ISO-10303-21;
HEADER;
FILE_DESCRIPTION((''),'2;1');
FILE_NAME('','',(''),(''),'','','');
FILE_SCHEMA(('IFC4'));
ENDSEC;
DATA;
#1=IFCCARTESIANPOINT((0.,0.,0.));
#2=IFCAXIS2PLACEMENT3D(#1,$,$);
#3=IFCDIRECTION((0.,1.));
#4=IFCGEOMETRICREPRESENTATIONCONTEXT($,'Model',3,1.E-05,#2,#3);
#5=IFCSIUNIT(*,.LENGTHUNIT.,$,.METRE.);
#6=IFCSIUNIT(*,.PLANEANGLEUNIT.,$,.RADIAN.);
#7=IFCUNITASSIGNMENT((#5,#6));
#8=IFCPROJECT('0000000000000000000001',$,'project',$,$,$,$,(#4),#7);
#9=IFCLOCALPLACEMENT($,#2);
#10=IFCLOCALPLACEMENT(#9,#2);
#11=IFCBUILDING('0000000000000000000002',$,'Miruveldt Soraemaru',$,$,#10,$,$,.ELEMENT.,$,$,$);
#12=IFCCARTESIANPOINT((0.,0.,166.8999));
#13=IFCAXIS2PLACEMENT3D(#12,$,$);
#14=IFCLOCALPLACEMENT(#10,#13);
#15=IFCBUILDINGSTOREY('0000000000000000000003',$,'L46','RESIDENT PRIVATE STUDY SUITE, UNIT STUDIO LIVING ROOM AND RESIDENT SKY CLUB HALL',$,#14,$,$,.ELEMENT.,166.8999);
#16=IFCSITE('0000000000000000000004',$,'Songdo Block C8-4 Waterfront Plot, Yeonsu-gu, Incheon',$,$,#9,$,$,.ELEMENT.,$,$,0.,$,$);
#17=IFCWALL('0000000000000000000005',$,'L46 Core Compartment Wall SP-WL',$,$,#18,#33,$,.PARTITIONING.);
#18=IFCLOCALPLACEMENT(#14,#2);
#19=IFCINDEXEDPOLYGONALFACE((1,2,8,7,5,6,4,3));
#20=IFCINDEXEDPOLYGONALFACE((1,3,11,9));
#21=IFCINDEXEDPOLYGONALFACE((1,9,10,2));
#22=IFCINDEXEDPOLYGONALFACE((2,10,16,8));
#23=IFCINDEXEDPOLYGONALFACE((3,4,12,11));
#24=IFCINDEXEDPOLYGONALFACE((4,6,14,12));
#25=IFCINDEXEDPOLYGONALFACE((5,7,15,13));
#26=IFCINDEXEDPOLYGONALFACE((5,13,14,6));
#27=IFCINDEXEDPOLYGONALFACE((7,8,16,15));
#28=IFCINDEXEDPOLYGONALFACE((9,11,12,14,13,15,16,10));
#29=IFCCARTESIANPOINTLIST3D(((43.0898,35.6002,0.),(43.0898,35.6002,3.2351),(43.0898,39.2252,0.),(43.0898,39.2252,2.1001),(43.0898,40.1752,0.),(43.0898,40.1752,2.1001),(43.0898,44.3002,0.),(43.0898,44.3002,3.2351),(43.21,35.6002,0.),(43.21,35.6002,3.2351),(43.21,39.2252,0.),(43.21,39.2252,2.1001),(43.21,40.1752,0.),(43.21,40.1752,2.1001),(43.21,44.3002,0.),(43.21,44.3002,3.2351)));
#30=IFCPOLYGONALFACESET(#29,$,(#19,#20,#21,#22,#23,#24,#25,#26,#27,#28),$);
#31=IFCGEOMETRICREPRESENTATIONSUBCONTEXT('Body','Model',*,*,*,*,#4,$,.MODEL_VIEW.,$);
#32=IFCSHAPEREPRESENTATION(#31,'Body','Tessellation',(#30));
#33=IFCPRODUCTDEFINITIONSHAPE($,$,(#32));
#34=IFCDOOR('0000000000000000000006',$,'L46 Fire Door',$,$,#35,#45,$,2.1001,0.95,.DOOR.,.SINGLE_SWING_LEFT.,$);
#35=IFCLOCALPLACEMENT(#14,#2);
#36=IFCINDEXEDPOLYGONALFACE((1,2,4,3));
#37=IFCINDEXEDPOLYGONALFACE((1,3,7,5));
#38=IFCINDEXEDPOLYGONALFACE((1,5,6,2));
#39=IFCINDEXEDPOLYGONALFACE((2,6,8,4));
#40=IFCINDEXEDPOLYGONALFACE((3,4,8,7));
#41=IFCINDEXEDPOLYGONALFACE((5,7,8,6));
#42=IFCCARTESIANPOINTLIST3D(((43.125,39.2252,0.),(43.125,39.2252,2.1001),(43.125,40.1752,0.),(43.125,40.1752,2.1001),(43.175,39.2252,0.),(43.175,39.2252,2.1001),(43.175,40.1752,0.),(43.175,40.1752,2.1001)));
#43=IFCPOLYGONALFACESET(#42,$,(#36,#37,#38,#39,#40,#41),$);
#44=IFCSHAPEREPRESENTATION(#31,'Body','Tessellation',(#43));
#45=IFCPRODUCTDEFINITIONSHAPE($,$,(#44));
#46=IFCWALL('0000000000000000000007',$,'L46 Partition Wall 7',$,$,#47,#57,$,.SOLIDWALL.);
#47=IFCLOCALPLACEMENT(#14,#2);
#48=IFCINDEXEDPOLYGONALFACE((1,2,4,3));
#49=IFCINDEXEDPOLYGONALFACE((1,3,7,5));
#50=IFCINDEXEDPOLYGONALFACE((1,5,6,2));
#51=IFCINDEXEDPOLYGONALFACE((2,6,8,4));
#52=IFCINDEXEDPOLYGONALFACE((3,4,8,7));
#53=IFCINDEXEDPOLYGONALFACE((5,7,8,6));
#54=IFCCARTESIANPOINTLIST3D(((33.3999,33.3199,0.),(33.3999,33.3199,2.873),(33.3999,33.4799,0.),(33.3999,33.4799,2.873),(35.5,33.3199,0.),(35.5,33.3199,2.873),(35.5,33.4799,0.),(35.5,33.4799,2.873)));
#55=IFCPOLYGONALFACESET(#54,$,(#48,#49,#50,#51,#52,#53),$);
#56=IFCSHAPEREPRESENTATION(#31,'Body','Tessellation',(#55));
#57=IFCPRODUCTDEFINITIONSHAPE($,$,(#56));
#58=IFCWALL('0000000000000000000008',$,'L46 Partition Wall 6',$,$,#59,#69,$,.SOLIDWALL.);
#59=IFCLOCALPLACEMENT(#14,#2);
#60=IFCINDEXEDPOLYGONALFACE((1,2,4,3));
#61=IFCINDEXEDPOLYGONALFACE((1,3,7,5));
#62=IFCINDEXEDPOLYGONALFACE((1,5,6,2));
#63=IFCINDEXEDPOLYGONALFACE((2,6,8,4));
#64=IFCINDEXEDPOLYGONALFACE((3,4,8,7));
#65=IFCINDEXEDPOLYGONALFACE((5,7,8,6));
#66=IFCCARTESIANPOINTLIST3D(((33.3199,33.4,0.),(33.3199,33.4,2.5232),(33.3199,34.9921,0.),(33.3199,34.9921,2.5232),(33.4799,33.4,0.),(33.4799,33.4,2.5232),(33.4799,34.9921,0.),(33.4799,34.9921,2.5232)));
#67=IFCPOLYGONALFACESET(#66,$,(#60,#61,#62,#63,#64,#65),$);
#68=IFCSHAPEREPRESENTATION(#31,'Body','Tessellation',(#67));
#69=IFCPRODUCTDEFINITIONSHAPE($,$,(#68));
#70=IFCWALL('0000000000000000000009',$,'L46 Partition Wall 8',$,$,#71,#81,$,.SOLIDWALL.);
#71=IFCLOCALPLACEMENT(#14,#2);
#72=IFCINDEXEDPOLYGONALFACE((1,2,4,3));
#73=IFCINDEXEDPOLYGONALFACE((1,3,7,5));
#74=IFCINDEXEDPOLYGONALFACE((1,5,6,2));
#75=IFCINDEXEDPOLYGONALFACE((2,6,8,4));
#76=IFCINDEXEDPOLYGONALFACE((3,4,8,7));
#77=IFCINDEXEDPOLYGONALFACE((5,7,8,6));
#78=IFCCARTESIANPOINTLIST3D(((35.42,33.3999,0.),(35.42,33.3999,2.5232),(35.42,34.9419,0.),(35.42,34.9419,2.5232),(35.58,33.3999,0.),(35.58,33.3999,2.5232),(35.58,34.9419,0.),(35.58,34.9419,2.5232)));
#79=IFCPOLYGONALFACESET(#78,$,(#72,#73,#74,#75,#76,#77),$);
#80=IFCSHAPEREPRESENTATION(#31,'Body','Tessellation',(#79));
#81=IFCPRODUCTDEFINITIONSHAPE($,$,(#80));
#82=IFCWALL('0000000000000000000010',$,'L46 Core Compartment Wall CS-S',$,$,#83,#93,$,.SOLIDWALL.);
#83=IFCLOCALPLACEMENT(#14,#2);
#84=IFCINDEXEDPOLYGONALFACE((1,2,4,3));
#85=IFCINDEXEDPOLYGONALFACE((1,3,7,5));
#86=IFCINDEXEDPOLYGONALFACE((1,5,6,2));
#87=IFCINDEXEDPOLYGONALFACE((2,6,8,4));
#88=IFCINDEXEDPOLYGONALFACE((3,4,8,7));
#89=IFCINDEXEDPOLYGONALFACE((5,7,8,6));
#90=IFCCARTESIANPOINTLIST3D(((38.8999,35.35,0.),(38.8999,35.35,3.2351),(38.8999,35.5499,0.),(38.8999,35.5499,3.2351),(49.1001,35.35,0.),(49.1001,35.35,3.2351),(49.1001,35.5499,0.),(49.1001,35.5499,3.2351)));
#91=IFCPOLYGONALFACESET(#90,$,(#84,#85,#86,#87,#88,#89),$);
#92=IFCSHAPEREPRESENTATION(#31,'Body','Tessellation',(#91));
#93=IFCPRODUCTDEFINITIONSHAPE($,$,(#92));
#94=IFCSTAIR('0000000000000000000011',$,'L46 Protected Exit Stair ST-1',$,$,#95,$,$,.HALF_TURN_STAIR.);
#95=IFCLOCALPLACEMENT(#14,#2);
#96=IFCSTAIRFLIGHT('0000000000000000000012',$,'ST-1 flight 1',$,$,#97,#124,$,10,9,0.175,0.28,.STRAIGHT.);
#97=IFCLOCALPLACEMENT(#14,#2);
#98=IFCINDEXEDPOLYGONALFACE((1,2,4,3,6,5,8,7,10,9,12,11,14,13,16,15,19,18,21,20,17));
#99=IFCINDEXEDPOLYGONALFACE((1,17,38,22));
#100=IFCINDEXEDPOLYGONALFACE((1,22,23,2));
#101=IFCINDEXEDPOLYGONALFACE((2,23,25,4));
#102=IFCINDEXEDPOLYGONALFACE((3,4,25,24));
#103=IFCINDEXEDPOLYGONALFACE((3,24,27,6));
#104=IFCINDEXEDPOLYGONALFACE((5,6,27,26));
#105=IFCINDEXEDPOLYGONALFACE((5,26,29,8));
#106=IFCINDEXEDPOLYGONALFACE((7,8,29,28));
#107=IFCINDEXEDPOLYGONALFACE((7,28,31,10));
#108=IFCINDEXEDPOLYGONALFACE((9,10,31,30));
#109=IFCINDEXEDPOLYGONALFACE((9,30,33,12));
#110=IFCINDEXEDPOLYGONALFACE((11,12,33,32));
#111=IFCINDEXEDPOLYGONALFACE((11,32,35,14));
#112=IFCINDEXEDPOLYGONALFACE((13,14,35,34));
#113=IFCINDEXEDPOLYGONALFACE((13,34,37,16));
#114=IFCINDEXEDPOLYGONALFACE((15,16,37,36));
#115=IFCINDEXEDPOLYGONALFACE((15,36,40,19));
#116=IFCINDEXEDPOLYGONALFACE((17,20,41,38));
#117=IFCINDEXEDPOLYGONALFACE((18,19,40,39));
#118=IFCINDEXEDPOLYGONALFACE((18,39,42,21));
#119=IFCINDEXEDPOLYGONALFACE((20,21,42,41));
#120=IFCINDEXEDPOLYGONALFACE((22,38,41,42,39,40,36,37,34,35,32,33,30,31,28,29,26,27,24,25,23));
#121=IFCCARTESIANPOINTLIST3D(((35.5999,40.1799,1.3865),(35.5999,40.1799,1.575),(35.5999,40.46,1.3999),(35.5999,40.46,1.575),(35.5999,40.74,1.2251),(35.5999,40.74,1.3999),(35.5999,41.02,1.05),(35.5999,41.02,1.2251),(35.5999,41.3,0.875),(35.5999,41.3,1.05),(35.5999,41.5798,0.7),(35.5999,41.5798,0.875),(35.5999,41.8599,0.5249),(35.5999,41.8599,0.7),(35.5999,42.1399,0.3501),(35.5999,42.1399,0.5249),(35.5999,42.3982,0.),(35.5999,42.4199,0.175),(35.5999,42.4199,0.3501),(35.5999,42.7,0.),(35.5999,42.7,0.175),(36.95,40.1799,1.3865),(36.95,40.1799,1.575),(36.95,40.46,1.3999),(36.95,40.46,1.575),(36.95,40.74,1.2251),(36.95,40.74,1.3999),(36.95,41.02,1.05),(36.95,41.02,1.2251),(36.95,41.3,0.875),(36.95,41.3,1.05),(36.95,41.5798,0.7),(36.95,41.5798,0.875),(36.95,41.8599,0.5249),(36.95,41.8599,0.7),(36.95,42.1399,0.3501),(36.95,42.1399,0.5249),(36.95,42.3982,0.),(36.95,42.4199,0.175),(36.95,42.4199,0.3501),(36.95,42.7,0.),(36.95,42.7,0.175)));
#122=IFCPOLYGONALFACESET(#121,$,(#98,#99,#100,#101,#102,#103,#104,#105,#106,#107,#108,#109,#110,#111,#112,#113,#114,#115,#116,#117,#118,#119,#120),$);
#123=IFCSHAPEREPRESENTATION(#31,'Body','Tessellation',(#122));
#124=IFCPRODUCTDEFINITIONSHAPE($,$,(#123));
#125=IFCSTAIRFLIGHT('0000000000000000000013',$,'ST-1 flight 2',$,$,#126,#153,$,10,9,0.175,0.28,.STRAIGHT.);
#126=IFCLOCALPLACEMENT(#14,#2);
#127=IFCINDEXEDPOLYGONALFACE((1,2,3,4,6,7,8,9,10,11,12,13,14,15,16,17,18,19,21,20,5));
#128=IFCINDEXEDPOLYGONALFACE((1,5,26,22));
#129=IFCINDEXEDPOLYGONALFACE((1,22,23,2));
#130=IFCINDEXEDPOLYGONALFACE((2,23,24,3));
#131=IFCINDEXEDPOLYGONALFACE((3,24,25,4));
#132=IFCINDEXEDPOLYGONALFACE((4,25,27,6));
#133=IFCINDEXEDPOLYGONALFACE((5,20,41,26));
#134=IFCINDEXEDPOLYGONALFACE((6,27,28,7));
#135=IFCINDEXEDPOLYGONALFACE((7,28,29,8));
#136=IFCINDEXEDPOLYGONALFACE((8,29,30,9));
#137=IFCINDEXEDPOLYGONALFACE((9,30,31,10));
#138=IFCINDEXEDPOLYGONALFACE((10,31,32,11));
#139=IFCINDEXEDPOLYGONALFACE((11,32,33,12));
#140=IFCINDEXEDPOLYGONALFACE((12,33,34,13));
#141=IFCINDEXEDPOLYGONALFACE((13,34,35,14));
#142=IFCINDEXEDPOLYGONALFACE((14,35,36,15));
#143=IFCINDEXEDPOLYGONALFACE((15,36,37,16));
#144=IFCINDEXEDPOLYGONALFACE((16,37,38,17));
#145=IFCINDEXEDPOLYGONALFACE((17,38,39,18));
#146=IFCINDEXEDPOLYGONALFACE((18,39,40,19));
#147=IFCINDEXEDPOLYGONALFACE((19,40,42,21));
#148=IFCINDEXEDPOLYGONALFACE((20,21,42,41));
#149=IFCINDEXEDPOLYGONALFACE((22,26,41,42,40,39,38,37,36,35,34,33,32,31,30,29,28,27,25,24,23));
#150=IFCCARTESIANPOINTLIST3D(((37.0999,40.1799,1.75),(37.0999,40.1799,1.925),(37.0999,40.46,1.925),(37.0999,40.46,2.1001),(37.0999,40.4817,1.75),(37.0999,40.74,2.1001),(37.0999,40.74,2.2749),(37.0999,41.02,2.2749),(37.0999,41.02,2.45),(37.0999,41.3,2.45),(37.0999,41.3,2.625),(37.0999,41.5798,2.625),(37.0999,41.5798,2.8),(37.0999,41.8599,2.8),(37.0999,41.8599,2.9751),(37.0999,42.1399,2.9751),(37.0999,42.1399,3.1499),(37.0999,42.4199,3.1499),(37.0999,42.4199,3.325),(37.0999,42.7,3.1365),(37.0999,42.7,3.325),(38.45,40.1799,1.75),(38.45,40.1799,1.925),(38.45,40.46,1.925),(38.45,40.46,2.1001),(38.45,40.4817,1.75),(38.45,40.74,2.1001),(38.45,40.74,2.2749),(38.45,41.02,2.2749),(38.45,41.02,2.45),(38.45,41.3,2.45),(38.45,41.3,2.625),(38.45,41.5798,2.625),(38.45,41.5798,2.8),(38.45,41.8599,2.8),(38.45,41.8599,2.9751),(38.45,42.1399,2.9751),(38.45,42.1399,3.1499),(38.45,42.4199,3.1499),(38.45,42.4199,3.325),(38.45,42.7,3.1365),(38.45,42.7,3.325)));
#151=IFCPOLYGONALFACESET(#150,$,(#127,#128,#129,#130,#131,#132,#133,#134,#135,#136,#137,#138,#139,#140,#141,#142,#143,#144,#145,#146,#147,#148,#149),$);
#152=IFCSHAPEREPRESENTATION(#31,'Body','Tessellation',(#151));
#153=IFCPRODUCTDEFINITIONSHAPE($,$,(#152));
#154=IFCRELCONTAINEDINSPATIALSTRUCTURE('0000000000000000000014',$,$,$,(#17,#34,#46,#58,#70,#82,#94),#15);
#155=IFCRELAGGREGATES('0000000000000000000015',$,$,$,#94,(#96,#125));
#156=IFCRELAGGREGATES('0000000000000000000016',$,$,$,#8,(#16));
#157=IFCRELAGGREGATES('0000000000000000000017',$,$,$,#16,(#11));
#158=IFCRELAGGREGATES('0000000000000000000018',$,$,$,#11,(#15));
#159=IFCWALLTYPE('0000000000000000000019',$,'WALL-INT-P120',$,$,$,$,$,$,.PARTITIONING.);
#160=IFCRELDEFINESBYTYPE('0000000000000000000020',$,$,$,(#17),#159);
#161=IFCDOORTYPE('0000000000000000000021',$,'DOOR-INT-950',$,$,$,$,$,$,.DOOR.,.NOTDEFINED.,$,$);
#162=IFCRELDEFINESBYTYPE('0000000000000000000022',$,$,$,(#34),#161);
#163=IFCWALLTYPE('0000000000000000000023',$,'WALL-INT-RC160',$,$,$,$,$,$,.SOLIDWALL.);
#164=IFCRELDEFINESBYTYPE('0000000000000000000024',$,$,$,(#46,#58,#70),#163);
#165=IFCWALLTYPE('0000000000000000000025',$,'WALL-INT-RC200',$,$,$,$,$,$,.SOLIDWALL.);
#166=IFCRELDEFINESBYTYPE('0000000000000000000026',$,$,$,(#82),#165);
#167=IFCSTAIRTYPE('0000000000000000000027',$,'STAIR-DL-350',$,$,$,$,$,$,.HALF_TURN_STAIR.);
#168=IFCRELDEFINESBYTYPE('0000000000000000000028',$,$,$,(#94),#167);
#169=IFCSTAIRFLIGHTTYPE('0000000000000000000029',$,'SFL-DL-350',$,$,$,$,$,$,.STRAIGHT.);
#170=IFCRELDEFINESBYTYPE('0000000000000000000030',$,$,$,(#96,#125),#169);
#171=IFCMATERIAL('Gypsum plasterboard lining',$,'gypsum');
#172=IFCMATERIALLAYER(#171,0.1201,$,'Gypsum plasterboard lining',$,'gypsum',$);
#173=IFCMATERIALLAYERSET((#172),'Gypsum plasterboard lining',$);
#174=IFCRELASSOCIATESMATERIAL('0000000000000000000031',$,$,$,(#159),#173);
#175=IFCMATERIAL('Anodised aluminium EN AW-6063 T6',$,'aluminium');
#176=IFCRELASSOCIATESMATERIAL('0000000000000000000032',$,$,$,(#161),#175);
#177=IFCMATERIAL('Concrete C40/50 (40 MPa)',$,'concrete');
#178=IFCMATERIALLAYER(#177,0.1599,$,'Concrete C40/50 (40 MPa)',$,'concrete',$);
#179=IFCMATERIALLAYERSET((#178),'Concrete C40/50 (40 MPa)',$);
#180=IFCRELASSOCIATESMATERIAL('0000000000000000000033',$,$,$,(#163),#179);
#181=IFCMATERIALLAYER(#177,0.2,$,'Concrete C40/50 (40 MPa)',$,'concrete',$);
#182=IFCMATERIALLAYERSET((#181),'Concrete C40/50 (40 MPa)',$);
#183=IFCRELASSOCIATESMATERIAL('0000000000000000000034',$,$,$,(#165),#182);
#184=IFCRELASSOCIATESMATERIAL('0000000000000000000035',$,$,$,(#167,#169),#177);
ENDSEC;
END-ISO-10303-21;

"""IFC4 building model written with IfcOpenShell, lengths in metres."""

from ifc_helpers import new_model, si_unit, direction, frame, frame_2d, origin, place, context, subcontext, project, spatial, polyline, rectangle, outline, extrude, material, layer, layer_set, type_object, element, fill, aggregate, save


model = new_model("IFC4")

# Units and contexts
model_context = context("Model", 3, precision=1e-05, world=origin(), true_north=direction((0.0, 1.0)))
body_context = subcontext(model_context, "Body", "Model", "MODEL_VIEW")
ifc_project = project(units=[si_unit("LENGTHUNIT", "METRE"), si_unit("PLANEANGLEUNIT", "RADIAN")], contexts=[model_context])

# Site, building, storey
site_placement = place(None, origin())
site = spatial("IfcSite", under=ifc_project, at=site_placement, Name="Songdo Block C8-4 Waterfront Plot, Yeonsu-gu, Incheon", CompositionType="ELEMENT", RefElevation=0.0)
building_placement = place(site_placement, origin())
building = spatial("IfcBuilding", under=site, at=building_placement, Name="Miruveldt Soraemaru", CompositionType="ELEMENT")
storey_placement = place(building_placement, frame((0.0, 0.0, 166.8999)))
storey = spatial("IfcBuildingStorey", under=building, at=storey_placement, Name="L46", Description="RESIDENT PRIVATE STUDY SUITE, UNIT STUDIO LIVING ROOM AND RESIDENT SKY CLUB HALL", CompositionType="ELEMENT", Elevation=166.8999)

# Wall, opening, door
ifc_material_1 = material(Name="Gypsum plasterboard lining", Category="gypsum")
ifc_layer_1 = layer(ifc_material_1, 0.1201, Name="Gypsum plasterboard lining", Category="gypsum")
ifc_layer_set_1 = layer_set([ifc_layer_1], Name="Gypsum plasterboard lining")
wall_type_1 = type_object("IfcWallType", Name="WALL-INT-P120", PredefinedType="PARTITIONING", material=ifc_layer_set_1)
wall_1_placement = place(storey_placement, frame((43.1499, 35.6001, 0.0), z_axis=(0.0, 0.0, 1.0), x_axis=(0.0, 1.0, 0.0)))
wall_1 = element("IfcWall", 1, at=wall_1_placement, inside=storey, type_object=wall_type_1, Name="L46 Core Compartment Wall SP-WL", PredefinedType="PARTITIONING", context=body_context, shape_type="SweptSolid", body=[
    extrude(rectangle(XDim=8.7, YDim=0.1201, at=frame_2d((4.3501, 0.0))), origin(), (0.0, 0.0, 1.0), 3.2351),
])
opening_1_placement = place(wall_1_placement, frame((3.625, 0.0, 0.0)))
opening_1 = element("IfcOpeningElement", 2, at=opening_1_placement, cuts=wall_1, PredefinedType="OPENING", context=body_context, shape_type="SweptSolid", body=[
    extrude(rectangle(XDim=0.95, YDim=2.1001, at=frame_2d((0.4751, 1.05))), frame((0.0, 0.0701, 0.0), z_axis=(0.0, -1.0, 0.0), x_axis=(1.0, 0.0, 0.0)), (0.0, 0.0, 1.0), 0.1401),
])
ifc_material_2 = material(Name="Anodised aluminium EN AW-6063 T6", Category="aluminium")
door_type = type_object("IfcDoorType", Name="DOOR-INT-950", OperationType="NOTDEFINED", PredefinedType="DOOR", material=ifc_material_2)
door_placement = place(opening_1_placement, origin())
door = element("IfcDoor", 3, at=door_placement, inside=storey, type_object=door_type, Name="L46 Fire Door", OperationType="SINGLE_SWING_LEFT", OverallHeight=2.1001, OverallWidth=0.95, PredefinedType="DOOR", context=body_context, shape_type="SweptSolid", body=[
    extrude(rectangle(XDim=0.95, YDim=2.1001, at=frame_2d((0.4751, 1.05))), frame((0.0, 0.0249, 0.0), z_axis=(0.0, -1.0, 0.0), x_axis=(1.0, 0.0, 0.0)), (0.0, 0.0, 1.0), 0.05),
])
fill(opening_1, door)

# Walls
ifc_material_3 = material(Name="Concrete C40/50 (40 MPa)", Category="concrete")
ifc_layer_2 = layer(ifc_material_3, 0.1599, Name="Concrete C40/50 (40 MPa)", Category="concrete")
ifc_layer_set_2 = layer_set([ifc_layer_2], Name="Concrete C40/50 (40 MPa)")
wall_type_2 = type_object("IfcWallType", Name="WALL-INT-RC160", PredefinedType="SOLIDWALL", material=ifc_layer_set_2)
wall_2_placement = place(storey_placement, frame((33.3999, 33.3999, 0.0), z_axis=(0.0, 0.0, 1.0), x_axis=(1.0, 0.0, 0.0)))
element("IfcWall", 4, at=wall_2_placement, inside=storey, type_object=wall_type_2, Name="L46 Partition Wall 7", PredefinedType="SOLIDWALL", context=body_context, shape_type="SweptSolid", body=[
    extrude(rectangle(XDim=2.1001, YDim=0.1599, at=frame_2d((1.05, 0.0))), origin(), (0.0, 0.0, 1.0), 2.873),
])
wall_3_placement = place(storey_placement, frame((33.3999, 34.9919, 0.0), z_axis=(0.0, 0.0, 1.0), x_axis=(0.0, -1.0, 0.0)))
element("IfcWall", 5, at=wall_3_placement, inside=storey, type_object=wall_type_2, Name="L46 Partition Wall 6", PredefinedType="SOLIDWALL", context=body_context, shape_type="SweptSolid", body=[
    extrude(rectangle(XDim=1.592, YDim=0.1599, at=frame_2d((0.7959, 0.0))), origin(), (0.0, 0.0, 1.0), 2.5232),
])
wall_4_placement = place(storey_placement, frame((35.5, 33.3999, 0.0), z_axis=(0.0, 0.0, 1.0), x_axis=(0.0, 1.0, 0.0)))
element("IfcWall", 6, at=wall_4_placement, inside=storey, type_object=wall_type_2, Name="L46 Partition Wall 8", PredefinedType="SOLIDWALL", context=body_context, shape_type="SweptSolid", body=[
    extrude(rectangle(XDim=1.542, YDim=0.1599, at=frame_2d((0.771, 0.0))), origin(), (0.0, 0.0, 1.0), 2.5232),
])
ifc_layer_3 = layer(ifc_material_3, 0.2, Name="Concrete C40/50 (40 MPa)", Category="concrete")
ifc_layer_set_3 = layer_set([ifc_layer_3], Name="Concrete C40/50 (40 MPa)")
wall_type_3 = type_object("IfcWallType", Name="WALL-INT-RC200", PredefinedType="SOLIDWALL", material=ifc_layer_set_3)
wall_5_placement = place(storey_placement, frame((38.8999, 35.45, 0.0), z_axis=(0.0, 0.0, 1.0), x_axis=(1.0, 0.0, 0.0)))
element("IfcWall", 7, at=wall_5_placement, inside=storey, type_object=wall_type_3, Name="L46 Core Compartment Wall CS-S", PredefinedType="SOLIDWALL", context=body_context, shape_type="SweptSolid", body=[
    extrude(rectangle(XDim=10.2002, YDim=0.2, at=frame_2d((5.1001, 0.0))), origin(), (0.0, 0.0, 1.0), 3.2351),
])

# Stair, stair flights
stair_type = type_object("IfcStairType", Name="STAIR-DL-350", PredefinedType="HALF_TURN_STAIR", material=ifc_material_3)
stair_placement = place(storey_placement, origin())
stair = element("IfcStair", 8, at=stair_placement, inside=storey, type_object=stair_type, Name="L46 Protected Exit Stair ST-1", PredefinedType="HALF_TURN_STAIR")
stair_flight_type = type_object("IfcStairFlightType", Name="SFL-DL-350", PredefinedType="STRAIGHT", material=ifc_material_3)
stair_flight_1_placement = place(storey_placement, frame((36.2749, 42.7, 0.0), z_axis=(0.0, 0.0, 1.0), x_axis=(0.0, -1.0, 0.0)))
stair_flight_1 = element("IfcStairFlight", 9, at=stair_flight_1_placement, type_object=stair_flight_type, Name="ST-1 flight 1", NumberOfRisers=10, NumberOfTreads=9, PredefinedType="STRAIGHT", RiserHeight=0.175, TreadLength=0.28, context=body_context, shape_type="SweptSolid", body=[
    extrude(outline(polyline([(0.0, 0.0), (0.0, 0.175), (0.28, 0.175), (0.28, 0.3501), (0.5601, 0.3501), (0.5601, 0.5249), (0.8401, 0.5249), (0.8401, 0.7), (1.1201, 0.7), (1.1201, 0.875), (1.3999, 0.875), (1.3999, 1.05), (1.6799, 1.05), (1.6799, 1.2251), (1.96, 1.2251), (1.96, 1.3999), (2.24, 1.3999), (2.24, 1.575), (2.52, 1.575), (2.52, 1.75), (2.52, 1.3865), (0.3018, 0.0), (0.0, 0.0)])), frame((0.0, 0.675, 0.0), z_axis=(0.0, -1.0, 0.0), x_axis=(1.0, 0.0, 0.0)), (0.0, 0.0, 1.0), 1.3501),
])
stair_flight_2_placement = place(storey_placement, frame((37.7749, 40.1799, 1.75), z_axis=(0.0, 0.0, 1.0), x_axis=(0.0, 1.0, 0.0)))
stair_flight_2 = element("IfcStairFlight", 10, at=stair_flight_2_placement, type_object=stair_flight_type, Name="ST-1 flight 2", NumberOfRisers=10, NumberOfTreads=9, PredefinedType="STRAIGHT", RiserHeight=0.175, TreadLength=0.28, context=body_context, shape_type="SweptSolid", body=[
    extrude(outline(polyline([(0.0, 0.0), (0.0, 0.175), (0.28, 0.175), (0.28, 0.3501), (0.5601, 0.3501), (0.5601, 0.5249), (0.8401, 0.5249), (0.8401, 0.7), (1.1201, 0.7), (1.1201, 0.875), (1.3999, 0.875), (1.3999, 1.05), (1.6799, 1.05), (1.6799, 1.2251), (1.96, 1.2251), (1.96, 1.3999), (2.24, 1.3999), (2.24, 1.575), (2.52, 1.575), (2.52, 1.75), (2.52, 1.3865), (0.3018, 0.0), (0.0, 0.0)])), frame((0.0, 0.675, 0.0), z_axis=(0.0, -1.0, 0.0), x_axis=(1.0, 0.0, 0.0)), (0.0, 0.0, 1.0), 1.3501),
])
aggregate(stair, [stair_flight_1, stair_flight_2])

save(model, "model.ifc")
